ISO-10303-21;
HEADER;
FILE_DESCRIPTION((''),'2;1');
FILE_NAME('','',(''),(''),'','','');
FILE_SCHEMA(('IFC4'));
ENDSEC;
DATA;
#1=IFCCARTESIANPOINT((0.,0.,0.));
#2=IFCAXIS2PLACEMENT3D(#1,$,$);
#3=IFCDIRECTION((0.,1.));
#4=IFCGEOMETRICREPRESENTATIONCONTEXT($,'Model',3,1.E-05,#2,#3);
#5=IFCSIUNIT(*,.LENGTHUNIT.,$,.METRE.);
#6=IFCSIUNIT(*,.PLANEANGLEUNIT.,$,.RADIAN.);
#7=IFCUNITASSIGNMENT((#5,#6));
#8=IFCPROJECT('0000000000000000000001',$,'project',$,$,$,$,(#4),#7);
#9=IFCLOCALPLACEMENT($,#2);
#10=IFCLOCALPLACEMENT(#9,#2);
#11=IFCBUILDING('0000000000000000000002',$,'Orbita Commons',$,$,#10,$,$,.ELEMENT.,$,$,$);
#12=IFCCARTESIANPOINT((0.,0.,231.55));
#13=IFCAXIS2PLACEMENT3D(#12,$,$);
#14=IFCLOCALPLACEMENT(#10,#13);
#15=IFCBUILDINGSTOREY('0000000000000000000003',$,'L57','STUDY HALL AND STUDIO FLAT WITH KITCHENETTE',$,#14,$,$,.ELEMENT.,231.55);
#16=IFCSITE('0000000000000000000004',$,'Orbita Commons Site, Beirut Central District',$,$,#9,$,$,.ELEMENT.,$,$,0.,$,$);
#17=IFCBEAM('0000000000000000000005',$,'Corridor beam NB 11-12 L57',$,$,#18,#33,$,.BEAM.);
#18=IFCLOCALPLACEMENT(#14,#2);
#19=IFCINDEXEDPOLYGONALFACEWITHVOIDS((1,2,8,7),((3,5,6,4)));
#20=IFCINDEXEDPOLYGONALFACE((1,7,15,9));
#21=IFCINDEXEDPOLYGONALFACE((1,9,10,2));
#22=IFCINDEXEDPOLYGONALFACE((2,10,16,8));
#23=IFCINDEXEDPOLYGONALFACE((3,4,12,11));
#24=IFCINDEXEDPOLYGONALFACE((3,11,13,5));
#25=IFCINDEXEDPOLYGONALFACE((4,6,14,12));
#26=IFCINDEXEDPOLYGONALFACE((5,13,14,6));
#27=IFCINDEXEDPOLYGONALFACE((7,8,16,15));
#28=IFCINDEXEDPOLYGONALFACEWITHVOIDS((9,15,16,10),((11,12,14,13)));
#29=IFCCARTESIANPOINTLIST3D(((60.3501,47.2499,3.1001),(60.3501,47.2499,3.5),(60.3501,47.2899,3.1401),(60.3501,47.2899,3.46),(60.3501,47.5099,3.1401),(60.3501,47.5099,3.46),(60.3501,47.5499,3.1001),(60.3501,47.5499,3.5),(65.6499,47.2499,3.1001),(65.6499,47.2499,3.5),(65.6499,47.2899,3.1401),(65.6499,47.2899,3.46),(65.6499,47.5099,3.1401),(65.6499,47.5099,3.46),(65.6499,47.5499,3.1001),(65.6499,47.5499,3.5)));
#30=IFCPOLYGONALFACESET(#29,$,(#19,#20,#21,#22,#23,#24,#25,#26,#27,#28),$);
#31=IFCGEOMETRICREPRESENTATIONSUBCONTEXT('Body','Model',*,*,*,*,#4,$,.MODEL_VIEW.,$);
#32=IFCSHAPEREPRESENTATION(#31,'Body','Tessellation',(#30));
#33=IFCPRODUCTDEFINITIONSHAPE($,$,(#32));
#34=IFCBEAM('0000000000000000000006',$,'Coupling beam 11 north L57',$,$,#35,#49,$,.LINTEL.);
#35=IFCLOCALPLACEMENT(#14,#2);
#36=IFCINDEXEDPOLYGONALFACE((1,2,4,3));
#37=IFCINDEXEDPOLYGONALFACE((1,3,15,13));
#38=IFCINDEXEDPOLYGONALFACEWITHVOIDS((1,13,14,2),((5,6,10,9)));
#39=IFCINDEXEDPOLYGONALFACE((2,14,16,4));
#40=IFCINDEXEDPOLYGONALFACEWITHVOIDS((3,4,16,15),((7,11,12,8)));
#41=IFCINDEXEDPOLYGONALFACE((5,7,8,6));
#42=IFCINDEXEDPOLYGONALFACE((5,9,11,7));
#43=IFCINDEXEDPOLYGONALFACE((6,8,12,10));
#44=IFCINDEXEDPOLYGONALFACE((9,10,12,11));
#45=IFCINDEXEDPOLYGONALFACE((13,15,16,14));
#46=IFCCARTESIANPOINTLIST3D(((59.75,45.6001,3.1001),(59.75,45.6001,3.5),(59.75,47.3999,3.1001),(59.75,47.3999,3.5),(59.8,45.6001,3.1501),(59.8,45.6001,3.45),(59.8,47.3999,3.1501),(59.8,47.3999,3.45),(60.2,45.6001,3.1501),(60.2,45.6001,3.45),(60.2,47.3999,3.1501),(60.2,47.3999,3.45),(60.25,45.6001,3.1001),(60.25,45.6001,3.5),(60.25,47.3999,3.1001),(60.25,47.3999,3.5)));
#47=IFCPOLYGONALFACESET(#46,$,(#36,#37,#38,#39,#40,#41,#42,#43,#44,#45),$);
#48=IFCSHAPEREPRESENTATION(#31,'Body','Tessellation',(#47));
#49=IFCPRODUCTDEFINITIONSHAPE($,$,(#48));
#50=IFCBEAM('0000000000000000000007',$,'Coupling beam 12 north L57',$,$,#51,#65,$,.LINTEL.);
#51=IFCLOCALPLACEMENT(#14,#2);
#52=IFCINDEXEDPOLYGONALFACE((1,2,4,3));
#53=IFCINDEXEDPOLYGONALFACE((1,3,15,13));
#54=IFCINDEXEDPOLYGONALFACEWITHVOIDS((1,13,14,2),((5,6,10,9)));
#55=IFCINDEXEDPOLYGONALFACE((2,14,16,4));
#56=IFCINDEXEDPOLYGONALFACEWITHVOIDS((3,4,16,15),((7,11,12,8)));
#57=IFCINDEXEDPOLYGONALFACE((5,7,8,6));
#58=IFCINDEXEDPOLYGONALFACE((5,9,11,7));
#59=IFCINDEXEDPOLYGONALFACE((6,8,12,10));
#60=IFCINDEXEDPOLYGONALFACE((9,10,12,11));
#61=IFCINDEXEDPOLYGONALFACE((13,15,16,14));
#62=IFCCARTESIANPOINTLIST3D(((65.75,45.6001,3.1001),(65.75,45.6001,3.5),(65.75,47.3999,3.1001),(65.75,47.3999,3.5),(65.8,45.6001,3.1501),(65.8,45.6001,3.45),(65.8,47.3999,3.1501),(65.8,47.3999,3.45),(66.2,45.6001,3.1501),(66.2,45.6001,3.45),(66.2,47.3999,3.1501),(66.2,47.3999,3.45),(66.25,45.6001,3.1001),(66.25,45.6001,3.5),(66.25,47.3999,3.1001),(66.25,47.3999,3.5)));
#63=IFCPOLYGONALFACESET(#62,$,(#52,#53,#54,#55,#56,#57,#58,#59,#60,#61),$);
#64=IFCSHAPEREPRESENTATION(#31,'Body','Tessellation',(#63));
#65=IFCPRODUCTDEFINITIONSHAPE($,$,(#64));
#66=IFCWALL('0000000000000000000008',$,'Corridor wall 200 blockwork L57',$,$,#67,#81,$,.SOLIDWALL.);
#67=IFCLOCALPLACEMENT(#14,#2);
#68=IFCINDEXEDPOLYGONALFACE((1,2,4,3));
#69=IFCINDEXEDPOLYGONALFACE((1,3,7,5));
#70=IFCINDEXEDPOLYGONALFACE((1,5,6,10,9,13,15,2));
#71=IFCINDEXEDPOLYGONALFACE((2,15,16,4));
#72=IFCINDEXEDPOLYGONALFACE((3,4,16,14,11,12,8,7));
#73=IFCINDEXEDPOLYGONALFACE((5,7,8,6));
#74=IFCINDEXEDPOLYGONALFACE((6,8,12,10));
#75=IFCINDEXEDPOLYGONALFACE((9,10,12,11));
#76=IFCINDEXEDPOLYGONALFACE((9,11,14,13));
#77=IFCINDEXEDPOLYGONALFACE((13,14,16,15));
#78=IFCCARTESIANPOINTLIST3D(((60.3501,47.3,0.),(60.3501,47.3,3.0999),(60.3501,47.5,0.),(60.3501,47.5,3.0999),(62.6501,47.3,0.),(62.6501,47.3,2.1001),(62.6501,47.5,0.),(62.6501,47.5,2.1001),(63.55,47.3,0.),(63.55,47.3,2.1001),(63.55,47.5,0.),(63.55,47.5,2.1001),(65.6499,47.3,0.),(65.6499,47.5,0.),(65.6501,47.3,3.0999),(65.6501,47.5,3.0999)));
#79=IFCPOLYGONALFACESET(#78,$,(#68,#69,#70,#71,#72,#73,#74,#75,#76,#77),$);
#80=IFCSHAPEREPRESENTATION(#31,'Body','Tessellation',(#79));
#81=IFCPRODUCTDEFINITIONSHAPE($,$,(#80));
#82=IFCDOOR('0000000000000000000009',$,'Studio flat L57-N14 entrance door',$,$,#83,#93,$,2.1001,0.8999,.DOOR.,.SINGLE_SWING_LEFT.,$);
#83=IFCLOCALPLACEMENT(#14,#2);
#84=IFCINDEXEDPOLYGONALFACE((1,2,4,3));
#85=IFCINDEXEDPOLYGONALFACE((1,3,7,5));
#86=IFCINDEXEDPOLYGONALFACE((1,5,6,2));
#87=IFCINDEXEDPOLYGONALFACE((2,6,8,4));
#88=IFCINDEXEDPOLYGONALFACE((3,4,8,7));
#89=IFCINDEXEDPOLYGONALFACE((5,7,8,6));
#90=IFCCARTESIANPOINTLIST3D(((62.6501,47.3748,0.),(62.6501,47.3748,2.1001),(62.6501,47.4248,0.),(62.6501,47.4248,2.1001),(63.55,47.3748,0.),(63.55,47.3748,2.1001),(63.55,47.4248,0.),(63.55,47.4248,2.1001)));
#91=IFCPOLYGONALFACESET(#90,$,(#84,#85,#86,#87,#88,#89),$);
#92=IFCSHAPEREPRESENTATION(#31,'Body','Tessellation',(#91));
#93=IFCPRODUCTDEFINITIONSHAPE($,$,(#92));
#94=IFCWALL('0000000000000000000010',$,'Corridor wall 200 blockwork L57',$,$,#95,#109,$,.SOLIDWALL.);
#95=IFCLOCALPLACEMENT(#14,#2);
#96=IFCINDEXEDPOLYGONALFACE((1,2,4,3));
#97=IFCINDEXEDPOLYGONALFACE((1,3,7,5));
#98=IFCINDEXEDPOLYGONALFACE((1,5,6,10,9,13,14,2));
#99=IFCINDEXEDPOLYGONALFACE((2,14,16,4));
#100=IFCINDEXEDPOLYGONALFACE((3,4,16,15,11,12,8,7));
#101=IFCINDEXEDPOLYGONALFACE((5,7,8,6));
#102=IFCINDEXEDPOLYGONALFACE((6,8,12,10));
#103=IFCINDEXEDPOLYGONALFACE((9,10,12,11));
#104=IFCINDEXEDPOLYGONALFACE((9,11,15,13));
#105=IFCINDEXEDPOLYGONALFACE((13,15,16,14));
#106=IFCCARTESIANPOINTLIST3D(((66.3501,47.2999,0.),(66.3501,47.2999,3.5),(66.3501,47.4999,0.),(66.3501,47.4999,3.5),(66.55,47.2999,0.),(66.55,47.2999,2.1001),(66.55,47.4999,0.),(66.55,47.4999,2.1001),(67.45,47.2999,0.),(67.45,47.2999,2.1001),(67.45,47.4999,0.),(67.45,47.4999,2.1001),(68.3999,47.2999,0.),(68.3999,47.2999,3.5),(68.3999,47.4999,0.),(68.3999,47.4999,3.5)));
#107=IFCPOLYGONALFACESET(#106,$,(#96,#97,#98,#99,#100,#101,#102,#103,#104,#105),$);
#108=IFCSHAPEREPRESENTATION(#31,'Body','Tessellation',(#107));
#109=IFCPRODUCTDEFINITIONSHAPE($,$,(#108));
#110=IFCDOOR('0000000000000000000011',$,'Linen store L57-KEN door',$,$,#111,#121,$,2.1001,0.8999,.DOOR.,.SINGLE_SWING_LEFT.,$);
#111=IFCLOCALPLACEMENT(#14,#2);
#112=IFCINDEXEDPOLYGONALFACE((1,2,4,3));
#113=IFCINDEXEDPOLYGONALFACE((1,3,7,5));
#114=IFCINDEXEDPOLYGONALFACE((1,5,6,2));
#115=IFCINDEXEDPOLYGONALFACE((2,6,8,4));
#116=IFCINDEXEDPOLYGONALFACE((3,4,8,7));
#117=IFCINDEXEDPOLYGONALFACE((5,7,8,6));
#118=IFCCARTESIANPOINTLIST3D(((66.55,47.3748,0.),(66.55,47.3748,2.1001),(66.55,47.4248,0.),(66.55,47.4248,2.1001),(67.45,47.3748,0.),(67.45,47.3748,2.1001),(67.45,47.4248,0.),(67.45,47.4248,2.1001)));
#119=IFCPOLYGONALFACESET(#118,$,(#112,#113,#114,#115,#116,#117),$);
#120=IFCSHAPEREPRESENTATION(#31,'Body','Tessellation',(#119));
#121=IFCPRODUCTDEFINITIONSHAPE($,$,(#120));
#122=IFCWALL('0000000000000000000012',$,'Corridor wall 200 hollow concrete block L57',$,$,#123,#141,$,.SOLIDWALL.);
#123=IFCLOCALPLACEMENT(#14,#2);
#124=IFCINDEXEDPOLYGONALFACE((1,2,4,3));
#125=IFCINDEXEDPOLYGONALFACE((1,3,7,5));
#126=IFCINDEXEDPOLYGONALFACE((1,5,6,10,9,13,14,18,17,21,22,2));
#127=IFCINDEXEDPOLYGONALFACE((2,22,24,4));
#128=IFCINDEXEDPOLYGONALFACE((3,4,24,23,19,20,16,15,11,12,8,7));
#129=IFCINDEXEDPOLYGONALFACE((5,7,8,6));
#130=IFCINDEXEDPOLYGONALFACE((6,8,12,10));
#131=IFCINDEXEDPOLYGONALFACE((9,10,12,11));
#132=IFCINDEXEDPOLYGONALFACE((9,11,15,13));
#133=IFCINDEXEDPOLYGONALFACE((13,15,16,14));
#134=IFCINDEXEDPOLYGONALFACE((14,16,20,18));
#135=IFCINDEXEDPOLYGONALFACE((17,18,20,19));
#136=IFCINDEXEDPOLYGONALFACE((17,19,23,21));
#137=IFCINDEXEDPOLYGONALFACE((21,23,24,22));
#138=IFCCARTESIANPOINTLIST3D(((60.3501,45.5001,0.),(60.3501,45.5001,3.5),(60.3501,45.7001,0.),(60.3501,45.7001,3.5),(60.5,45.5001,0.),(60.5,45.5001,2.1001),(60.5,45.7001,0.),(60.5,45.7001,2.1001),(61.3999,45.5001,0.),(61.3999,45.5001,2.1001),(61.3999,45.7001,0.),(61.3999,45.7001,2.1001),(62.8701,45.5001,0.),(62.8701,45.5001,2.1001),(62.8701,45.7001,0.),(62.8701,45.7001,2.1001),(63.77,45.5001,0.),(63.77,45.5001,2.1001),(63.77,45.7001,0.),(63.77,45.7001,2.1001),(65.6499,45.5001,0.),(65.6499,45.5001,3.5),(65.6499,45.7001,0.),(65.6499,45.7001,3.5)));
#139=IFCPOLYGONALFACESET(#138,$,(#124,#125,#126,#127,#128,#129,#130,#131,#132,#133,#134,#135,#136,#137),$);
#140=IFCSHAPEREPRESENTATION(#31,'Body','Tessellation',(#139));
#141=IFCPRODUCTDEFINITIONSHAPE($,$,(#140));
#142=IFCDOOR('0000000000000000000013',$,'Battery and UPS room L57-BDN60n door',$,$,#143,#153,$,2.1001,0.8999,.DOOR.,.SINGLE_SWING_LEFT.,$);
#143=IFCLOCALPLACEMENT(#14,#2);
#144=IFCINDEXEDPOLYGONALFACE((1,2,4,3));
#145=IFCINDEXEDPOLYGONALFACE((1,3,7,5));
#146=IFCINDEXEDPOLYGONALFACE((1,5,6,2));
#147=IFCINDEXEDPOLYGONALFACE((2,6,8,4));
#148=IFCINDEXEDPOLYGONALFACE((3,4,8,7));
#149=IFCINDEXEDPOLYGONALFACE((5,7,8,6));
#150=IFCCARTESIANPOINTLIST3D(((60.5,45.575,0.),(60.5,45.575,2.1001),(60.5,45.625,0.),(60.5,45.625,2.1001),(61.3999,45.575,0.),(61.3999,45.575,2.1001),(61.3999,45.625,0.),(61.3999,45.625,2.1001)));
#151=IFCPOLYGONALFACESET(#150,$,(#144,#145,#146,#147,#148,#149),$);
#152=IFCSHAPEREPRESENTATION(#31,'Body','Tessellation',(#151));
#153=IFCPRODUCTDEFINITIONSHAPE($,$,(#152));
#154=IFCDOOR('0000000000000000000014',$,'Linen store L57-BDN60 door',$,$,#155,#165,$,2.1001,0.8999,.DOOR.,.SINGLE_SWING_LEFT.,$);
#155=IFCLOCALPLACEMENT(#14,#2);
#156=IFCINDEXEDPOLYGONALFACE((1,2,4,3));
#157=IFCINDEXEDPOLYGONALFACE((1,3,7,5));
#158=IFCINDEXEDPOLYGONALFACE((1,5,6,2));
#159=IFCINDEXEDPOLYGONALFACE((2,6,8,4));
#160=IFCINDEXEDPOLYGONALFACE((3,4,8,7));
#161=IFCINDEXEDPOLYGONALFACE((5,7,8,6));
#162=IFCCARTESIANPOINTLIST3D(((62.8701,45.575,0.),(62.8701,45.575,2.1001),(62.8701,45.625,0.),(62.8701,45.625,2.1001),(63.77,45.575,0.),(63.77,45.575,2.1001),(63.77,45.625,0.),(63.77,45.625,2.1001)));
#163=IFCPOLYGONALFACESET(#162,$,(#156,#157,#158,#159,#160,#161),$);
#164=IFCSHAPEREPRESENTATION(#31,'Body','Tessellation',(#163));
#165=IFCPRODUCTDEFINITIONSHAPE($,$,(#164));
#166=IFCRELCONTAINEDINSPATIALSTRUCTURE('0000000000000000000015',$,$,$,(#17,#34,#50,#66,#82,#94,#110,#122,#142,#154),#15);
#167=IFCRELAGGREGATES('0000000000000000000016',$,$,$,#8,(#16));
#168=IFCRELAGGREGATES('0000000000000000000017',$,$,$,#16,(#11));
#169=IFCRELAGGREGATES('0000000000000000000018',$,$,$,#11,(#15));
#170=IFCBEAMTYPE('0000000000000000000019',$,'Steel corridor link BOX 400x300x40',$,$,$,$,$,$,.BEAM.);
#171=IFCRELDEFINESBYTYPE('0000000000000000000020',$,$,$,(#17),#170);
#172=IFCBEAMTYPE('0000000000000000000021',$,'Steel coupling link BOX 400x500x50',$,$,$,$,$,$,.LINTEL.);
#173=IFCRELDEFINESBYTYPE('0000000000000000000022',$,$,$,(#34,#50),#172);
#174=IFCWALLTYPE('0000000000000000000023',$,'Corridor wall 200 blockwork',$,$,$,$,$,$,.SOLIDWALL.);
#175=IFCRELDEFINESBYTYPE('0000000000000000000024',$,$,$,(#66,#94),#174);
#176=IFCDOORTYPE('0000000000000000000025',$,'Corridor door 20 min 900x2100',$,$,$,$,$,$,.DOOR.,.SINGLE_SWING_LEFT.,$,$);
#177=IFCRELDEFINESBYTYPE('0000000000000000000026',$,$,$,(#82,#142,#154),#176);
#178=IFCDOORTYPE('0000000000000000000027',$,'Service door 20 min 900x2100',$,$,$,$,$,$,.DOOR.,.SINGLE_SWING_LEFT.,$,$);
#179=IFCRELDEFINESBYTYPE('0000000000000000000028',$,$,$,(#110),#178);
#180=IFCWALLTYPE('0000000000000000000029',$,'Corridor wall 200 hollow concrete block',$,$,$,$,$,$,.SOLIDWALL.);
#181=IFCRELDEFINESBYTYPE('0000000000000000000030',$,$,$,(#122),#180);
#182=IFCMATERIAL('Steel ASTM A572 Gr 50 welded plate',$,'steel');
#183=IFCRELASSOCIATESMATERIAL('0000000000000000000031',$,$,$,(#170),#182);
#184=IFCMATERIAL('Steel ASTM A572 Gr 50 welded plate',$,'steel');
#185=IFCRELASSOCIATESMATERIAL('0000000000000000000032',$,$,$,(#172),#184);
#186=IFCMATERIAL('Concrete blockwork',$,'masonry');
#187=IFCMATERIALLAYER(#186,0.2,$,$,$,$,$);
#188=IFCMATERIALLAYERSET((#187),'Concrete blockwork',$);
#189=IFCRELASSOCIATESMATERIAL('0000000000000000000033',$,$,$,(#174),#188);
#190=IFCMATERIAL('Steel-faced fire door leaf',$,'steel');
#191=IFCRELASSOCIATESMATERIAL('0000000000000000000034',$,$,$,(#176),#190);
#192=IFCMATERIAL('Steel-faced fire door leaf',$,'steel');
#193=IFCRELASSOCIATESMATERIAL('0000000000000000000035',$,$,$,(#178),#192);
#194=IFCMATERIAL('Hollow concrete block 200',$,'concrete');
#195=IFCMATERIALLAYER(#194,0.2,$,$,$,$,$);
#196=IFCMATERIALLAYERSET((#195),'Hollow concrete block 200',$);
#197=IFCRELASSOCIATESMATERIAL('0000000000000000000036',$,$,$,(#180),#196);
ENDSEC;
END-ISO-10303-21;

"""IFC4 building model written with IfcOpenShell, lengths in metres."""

from ifc_helpers import new_model, si_unit, direction, frame, frame_2d, origin, origin_2d, place, context, subcontext, project, spatial, polyline, rectangle, hollow_rectangle, outline, extrude, material, layer, layer_set, material_profile, profile_set, type_object, element, fill, save


model = new_model("IFC4")

# Units and contexts
model_context = context("Model", 3, precision=1e-05, world=origin(), true_north=direction((0.0, 1.0)))
body_context = subcontext(model_context, "Body", "Model", "MODEL_VIEW")
ifc_project = project(units=[si_unit("LENGTHUNIT", "METRE"), si_unit("PLANEANGLEUNIT", "RADIAN")], contexts=[model_context])

# Site, building, storey
site_placement = place(None, origin())
site = spatial("IfcSite", under=ifc_project, at=site_placement, Name="Orbita Commons Site, Beirut Central District", CompositionType="ELEMENT", RefElevation=0.0)
building_placement = place(site_placement, origin())
building = spatial("IfcBuilding", under=site, at=building_placement, Name="Orbita Commons", CompositionType="ELEMENT")
storey_placement = place(building_placement, frame((0.0, 0.0, 231.55)))
storey = spatial("IfcBuildingStorey", under=building, at=storey_placement, Name="L57", Description="STUDY HALL AND STUDIO FLAT WITH KITCHENETTE", CompositionType="ELEMENT", Elevation=231.55)

# Beams
ifc_material_1 = material(Name="Steel ASTM A572 Gr 50 welded plate", Category="steel")
ifc_material_profile_1 = material_profile(ifc_material_1, hollow_rectangle(XDim=0.3, YDim=0.3999, WallThickness=0.04, at=origin_2d()), Name="BOX 400x300x40")
ifc_profile_set_1 = profile_set([ifc_material_profile_1], Name="Steel ASTM A572 Gr 50 welded plate")
beam_type_1 = type_object("IfcBeamType", Name="Steel corridor link BOX 400x300x40", PredefinedType="BEAM", material=ifc_profile_set_1)
beam_placement = place(storey_placement, frame((60.3501, 47.3999, 3.3), z_axis=(1.0, 0.0, 0.0), x_axis=(0.0, 1.0, 0.0)))
element("IfcBeam", 1, at=beam_placement, inside=storey, type_object=beam_type_1, Name="Corridor beam NB 11-12 L57", PredefinedType="BEAM", context=body_context, shape_type="SweptSolid", body=[
    extrude(hollow_rectangle(XDim=0.3, YDim=0.3999, WallThickness=0.04, at=origin_2d()), origin(), (0.0, 0.0, 1.0), 5.2998),
])
ifc_material_2 = material(Name="Steel ASTM A572 Gr 50 welded plate", Category="steel")
ifc_material_profile_2 = material_profile(ifc_material_2, hollow_rectangle(XDim=0.5, YDim=0.3999, WallThickness=0.05, at=origin_2d()), Name="BOX 400x500x50")
ifc_profile_set_2 = profile_set([ifc_material_profile_2], Name="Steel ASTM A572 Gr 50 welded plate")
beam_type_2 = type_object("IfcBeamType", Name="Steel coupling link BOX 400x500x50", PredefinedType="LINTEL", material=ifc_profile_set_2)
for number, where, z_axis, x_axis, name in (
    (2, (60.0, 45.6001, 3.3), (0.0, 1.0, 0.0), (-1.0, 0.0, 0.0), "Coupling beam 11 north L57"),
    (3, (66.0, 45.6001, 3.3), (0.0, 1.0, 0.0), (-1.0, 0.0, 0.0), "Coupling beam 12 north L57"),
):
    element("IfcBeam", number, at=place(storey_placement, frame(where, z_axis=z_axis, x_axis=x_axis)), inside=storey, type_object=beam_type_2, Name=name, PredefinedType="LINTEL", context=body_context, shape_type="SweptSolid", body=[
        extrude(hollow_rectangle(XDim=0.5, YDim=0.3999, WallThickness=0.05, at=origin_2d()), origin(), (0.0, 0.0, 1.0), 1.7998),
    ])

# Walls, openings, doors
ifc_material_3 = material(Name="Concrete blockwork", Category="masonry")
ifc_layer_1 = layer(ifc_material_3, 0.2)
ifc_layer_set_1 = layer_set([ifc_layer_1], Name="Concrete blockwork")
wall_type_1 = type_object("IfcWallType", Name="Corridor wall 200 blockwork", PredefinedType="SOLIDWALL", material=ifc_layer_set_1)
wall_1_placement = place(storey_placement, frame((60.3501, 47.3999, 0.0), z_axis=(0.0, 0.0, 1.0), x_axis=(1.0, 0.0, 0.0)))
wall_1 = element("IfcWall", 4, at=wall_1_placement, inside=storey, type_object=wall_type_1, Name="Corridor wall 200 blockwork L57", PredefinedType="SOLIDWALL", context=body_context, shape_type="SweptSolid", body=[
    extrude(outline(polyline([(0.0, 0.0), (5.2998, 0.0), (5.3, 3.0999), (0.0, 3.0999), (0.0, 0.0)])), frame((0.0, 0.1001, 0.0), z_axis=(0.0, -1.0, 0.0), x_axis=(1.0, 0.0, 0.0)), (0.0, 0.0, 1.0), 0.2),
])
opening_1_placement = place(wall_1_placement, frame((2.3, 0.0, 0.0)))
opening_1 = element("IfcOpeningElement", 5, at=opening_1_placement, cuts=wall_1, PredefinedType="OPENING", context=body_context, shape_type="SweptSolid", body=[
    extrude(rectangle(XDim=0.8999, YDim=2.1001, at=frame_2d((0.45, 1.05))), frame((0.0, 0.1099, 0.0), z_axis=(0.0, -1.0, 0.0), x_axis=(1.0, 0.0, 0.0)), (0.0, 0.0, 1.0), 0.22),
])
ifc_material_4 = material(Name="Steel-faced fire door leaf", Category="steel")
door_type_1 = type_object("IfcDoorType", Name="Corridor door 20 min 900x2100", OperationType="SINGLE_SWING_LEFT", PredefinedType="DOOR", material=ifc_material_4)
door_1_placement = place(opening_1_placement, origin())
door_1 = element("IfcDoor", 6, at=door_1_placement, inside=storey, type_object=door_type_1, Name="Studio flat L57-N14 entrance door", OperationType="SINGLE_SWING_LEFT", OverallHeight=2.1001, OverallWidth=0.8999, PredefinedType="DOOR", context=body_context, shape_type="SweptSolid", body=[
    extrude(rectangle(XDim=0.8999, YDim=2.1001, at=frame_2d((0.45, 1.05))), frame((0.0, 0.0249, 0.0), z_axis=(0.0, -1.0, 0.0), x_axis=(1.0, 0.0, 0.0)), (0.0, 0.0, 1.0), 0.05),
])
fill(opening_1, door_1)
wall_2_placement = place(storey_placement, frame((66.3501, 47.3999, 0.0), z_axis=(0.0, 0.0, 1.0), x_axis=(1.0, 0.0, 0.0)))
wall_2 = element("IfcWall", 7, at=wall_2_placement, inside=storey, type_object=wall_type_1, Name="Corridor wall 200 blockwork L57", PredefinedType="SOLIDWALL", context=body_context, shape_type="SweptSolid", body=[
    extrude(rectangle(XDim=2.0498, YDim=0.2, at=frame_2d((1.0249, 0.0))), origin(), (0.0, 0.0, 1.0), 3.5),
])
opening_2_placement = place(wall_2_placement, frame((0.2, 0.0, 0.0)))
opening_2 = element("IfcOpeningElement", 8, at=opening_2_placement, cuts=wall_2, PredefinedType="OPENING", context=body_context, shape_type="SweptSolid", body=[
    extrude(rectangle(XDim=0.8999, YDim=2.1001, at=frame_2d((0.45, 1.05))), frame((0.0, 0.1099, 0.0), z_axis=(0.0, -1.0, 0.0), x_axis=(1.0, 0.0, 0.0)), (0.0, 0.0, 1.0), 0.22),
])
ifc_material_5 = material(Name="Steel-faced fire door leaf", Category="steel")
door_type_2 = type_object("IfcDoorType", Name="Service door 20 min 900x2100", OperationType="SINGLE_SWING_LEFT", PredefinedType="DOOR", material=ifc_material_5)
door_2_placement = place(opening_2_placement, origin())
door_2 = element("IfcDoor", 9, at=door_2_placement, inside=storey, type_object=door_type_2, Name="Linen store L57-KEN door", OperationType="SINGLE_SWING_LEFT", OverallHeight=2.1001, OverallWidth=0.8999, PredefinedType="DOOR", context=body_context, shape_type="SweptSolid", body=[
    extrude(rectangle(XDim=0.8999, YDim=2.1001, at=frame_2d((0.45, 1.05))), frame((0.0, 0.0249, 0.0), z_axis=(0.0, -1.0, 0.0), x_axis=(1.0, 0.0, 0.0)), (0.0, 0.0, 1.0), 0.05),
])
fill(opening_2, door_2)

# Wall, openings, doors
ifc_material_6 = material(Name="Hollow concrete block 200", Category="concrete")
ifc_layer_2 = layer(ifc_material_6, 0.2)
ifc_layer_set_2 = layer_set([ifc_layer_2], Name="Hollow concrete block 200")
wall_type_2 = type_object("IfcWallType", Name="Corridor wall 200 hollow concrete block", PredefinedType="SOLIDWALL", material=ifc_layer_set_2)
wall_3_placement = place(storey_placement, frame((60.3501, 45.6001, 0.0), z_axis=(0.0, 0.0, 1.0), x_axis=(1.0, 0.0, 0.0)))
wall_3 = element("IfcWall", 10, at=wall_3_placement, inside=storey, type_object=wall_type_2, Name="Corridor wall 200 hollow concrete block L57", PredefinedType="SOLIDWALL", context=body_context, shape_type="SweptSolid", body=[
    extrude(rectangle(XDim=5.2998, YDim=0.2, at=frame_2d((2.6499, 0.0))), origin(), (0.0, 0.0, 1.0), 3.5),
])
opening_3_placement = place(wall_3_placement, frame((0.1499, 0.0, 0.0)))
opening_3 = element("IfcOpeningElement", 11, at=opening_3_placement, cuts=wall_3, PredefinedType="OPENING", context=body_context, shape_type="SweptSolid", body=[
    extrude(rectangle(XDim=0.8999, YDim=2.1001, at=frame_2d((0.45, 1.05))), frame((0.0, 0.1099, 0.0), z_axis=(0.0, -1.0, 0.0), x_axis=(1.0, 0.0, 0.0)), (0.0, 0.0, 1.0), 0.22),
])
opening_4_placement = place(wall_3_placement, frame((2.52, 0.0, 0.0)))
opening_4 = element("IfcOpeningElement", 12, at=opening_4_placement, cuts=wall_3, PredefinedType="OPENING", context=body_context, shape_type="SweptSolid", body=[
    extrude(rectangle(XDim=0.8999, YDim=2.1001, at=frame_2d((0.45, 1.05))), frame((0.0, 0.1099, 0.0), z_axis=(0.0, -1.0, 0.0), x_axis=(1.0, 0.0, 0.0)), (0.0, 0.0, 1.0), 0.22),
])
door_3_placement = place(opening_3_placement, origin())
door_3 = element("IfcDoor", 13, at=door_3_placement, inside=storey, type_object=door_type_1, Name="Battery and UPS room L57-BDN60n door", OperationType="SINGLE_SWING_LEFT", OverallHeight=2.1001, OverallWidth=0.8999, PredefinedType="DOOR", context=body_context, shape_type="SweptSolid", body=[
    extrude(rectangle(XDim=0.8999, YDim=2.1001, at=frame_2d((0.45, 1.05))), frame((0.0, 0.0249, 0.0), z_axis=(0.0, -1.0, 0.0), x_axis=(1.0, 0.0, 0.0)), (0.0, 0.0, 1.0), 0.05),
])
fill(opening_3, door_3)
door_4_placement = place(opening_4_placement, origin())
door_4 = element("IfcDoor", 14, at=door_4_placement, inside=storey, type_object=door_type_1, Name="Linen store L57-BDN60 door", OperationType="SINGLE_SWING_LEFT", OverallHeight=2.1001, OverallWidth=0.8999, PredefinedType="DOOR", context=body_context, shape_type="SweptSolid", body=[
    extrude(rectangle(XDim=0.8999, YDim=2.1001, at=frame_2d((0.45, 1.05))), frame((0.0, 0.0249, 0.0), z_axis=(0.0, -1.0, 0.0), x_axis=(1.0, 0.0, 0.0)), (0.0, 0.0, 1.0), 0.05),
])
fill(opening_4, door_4)

save(model, "model.ifc")
